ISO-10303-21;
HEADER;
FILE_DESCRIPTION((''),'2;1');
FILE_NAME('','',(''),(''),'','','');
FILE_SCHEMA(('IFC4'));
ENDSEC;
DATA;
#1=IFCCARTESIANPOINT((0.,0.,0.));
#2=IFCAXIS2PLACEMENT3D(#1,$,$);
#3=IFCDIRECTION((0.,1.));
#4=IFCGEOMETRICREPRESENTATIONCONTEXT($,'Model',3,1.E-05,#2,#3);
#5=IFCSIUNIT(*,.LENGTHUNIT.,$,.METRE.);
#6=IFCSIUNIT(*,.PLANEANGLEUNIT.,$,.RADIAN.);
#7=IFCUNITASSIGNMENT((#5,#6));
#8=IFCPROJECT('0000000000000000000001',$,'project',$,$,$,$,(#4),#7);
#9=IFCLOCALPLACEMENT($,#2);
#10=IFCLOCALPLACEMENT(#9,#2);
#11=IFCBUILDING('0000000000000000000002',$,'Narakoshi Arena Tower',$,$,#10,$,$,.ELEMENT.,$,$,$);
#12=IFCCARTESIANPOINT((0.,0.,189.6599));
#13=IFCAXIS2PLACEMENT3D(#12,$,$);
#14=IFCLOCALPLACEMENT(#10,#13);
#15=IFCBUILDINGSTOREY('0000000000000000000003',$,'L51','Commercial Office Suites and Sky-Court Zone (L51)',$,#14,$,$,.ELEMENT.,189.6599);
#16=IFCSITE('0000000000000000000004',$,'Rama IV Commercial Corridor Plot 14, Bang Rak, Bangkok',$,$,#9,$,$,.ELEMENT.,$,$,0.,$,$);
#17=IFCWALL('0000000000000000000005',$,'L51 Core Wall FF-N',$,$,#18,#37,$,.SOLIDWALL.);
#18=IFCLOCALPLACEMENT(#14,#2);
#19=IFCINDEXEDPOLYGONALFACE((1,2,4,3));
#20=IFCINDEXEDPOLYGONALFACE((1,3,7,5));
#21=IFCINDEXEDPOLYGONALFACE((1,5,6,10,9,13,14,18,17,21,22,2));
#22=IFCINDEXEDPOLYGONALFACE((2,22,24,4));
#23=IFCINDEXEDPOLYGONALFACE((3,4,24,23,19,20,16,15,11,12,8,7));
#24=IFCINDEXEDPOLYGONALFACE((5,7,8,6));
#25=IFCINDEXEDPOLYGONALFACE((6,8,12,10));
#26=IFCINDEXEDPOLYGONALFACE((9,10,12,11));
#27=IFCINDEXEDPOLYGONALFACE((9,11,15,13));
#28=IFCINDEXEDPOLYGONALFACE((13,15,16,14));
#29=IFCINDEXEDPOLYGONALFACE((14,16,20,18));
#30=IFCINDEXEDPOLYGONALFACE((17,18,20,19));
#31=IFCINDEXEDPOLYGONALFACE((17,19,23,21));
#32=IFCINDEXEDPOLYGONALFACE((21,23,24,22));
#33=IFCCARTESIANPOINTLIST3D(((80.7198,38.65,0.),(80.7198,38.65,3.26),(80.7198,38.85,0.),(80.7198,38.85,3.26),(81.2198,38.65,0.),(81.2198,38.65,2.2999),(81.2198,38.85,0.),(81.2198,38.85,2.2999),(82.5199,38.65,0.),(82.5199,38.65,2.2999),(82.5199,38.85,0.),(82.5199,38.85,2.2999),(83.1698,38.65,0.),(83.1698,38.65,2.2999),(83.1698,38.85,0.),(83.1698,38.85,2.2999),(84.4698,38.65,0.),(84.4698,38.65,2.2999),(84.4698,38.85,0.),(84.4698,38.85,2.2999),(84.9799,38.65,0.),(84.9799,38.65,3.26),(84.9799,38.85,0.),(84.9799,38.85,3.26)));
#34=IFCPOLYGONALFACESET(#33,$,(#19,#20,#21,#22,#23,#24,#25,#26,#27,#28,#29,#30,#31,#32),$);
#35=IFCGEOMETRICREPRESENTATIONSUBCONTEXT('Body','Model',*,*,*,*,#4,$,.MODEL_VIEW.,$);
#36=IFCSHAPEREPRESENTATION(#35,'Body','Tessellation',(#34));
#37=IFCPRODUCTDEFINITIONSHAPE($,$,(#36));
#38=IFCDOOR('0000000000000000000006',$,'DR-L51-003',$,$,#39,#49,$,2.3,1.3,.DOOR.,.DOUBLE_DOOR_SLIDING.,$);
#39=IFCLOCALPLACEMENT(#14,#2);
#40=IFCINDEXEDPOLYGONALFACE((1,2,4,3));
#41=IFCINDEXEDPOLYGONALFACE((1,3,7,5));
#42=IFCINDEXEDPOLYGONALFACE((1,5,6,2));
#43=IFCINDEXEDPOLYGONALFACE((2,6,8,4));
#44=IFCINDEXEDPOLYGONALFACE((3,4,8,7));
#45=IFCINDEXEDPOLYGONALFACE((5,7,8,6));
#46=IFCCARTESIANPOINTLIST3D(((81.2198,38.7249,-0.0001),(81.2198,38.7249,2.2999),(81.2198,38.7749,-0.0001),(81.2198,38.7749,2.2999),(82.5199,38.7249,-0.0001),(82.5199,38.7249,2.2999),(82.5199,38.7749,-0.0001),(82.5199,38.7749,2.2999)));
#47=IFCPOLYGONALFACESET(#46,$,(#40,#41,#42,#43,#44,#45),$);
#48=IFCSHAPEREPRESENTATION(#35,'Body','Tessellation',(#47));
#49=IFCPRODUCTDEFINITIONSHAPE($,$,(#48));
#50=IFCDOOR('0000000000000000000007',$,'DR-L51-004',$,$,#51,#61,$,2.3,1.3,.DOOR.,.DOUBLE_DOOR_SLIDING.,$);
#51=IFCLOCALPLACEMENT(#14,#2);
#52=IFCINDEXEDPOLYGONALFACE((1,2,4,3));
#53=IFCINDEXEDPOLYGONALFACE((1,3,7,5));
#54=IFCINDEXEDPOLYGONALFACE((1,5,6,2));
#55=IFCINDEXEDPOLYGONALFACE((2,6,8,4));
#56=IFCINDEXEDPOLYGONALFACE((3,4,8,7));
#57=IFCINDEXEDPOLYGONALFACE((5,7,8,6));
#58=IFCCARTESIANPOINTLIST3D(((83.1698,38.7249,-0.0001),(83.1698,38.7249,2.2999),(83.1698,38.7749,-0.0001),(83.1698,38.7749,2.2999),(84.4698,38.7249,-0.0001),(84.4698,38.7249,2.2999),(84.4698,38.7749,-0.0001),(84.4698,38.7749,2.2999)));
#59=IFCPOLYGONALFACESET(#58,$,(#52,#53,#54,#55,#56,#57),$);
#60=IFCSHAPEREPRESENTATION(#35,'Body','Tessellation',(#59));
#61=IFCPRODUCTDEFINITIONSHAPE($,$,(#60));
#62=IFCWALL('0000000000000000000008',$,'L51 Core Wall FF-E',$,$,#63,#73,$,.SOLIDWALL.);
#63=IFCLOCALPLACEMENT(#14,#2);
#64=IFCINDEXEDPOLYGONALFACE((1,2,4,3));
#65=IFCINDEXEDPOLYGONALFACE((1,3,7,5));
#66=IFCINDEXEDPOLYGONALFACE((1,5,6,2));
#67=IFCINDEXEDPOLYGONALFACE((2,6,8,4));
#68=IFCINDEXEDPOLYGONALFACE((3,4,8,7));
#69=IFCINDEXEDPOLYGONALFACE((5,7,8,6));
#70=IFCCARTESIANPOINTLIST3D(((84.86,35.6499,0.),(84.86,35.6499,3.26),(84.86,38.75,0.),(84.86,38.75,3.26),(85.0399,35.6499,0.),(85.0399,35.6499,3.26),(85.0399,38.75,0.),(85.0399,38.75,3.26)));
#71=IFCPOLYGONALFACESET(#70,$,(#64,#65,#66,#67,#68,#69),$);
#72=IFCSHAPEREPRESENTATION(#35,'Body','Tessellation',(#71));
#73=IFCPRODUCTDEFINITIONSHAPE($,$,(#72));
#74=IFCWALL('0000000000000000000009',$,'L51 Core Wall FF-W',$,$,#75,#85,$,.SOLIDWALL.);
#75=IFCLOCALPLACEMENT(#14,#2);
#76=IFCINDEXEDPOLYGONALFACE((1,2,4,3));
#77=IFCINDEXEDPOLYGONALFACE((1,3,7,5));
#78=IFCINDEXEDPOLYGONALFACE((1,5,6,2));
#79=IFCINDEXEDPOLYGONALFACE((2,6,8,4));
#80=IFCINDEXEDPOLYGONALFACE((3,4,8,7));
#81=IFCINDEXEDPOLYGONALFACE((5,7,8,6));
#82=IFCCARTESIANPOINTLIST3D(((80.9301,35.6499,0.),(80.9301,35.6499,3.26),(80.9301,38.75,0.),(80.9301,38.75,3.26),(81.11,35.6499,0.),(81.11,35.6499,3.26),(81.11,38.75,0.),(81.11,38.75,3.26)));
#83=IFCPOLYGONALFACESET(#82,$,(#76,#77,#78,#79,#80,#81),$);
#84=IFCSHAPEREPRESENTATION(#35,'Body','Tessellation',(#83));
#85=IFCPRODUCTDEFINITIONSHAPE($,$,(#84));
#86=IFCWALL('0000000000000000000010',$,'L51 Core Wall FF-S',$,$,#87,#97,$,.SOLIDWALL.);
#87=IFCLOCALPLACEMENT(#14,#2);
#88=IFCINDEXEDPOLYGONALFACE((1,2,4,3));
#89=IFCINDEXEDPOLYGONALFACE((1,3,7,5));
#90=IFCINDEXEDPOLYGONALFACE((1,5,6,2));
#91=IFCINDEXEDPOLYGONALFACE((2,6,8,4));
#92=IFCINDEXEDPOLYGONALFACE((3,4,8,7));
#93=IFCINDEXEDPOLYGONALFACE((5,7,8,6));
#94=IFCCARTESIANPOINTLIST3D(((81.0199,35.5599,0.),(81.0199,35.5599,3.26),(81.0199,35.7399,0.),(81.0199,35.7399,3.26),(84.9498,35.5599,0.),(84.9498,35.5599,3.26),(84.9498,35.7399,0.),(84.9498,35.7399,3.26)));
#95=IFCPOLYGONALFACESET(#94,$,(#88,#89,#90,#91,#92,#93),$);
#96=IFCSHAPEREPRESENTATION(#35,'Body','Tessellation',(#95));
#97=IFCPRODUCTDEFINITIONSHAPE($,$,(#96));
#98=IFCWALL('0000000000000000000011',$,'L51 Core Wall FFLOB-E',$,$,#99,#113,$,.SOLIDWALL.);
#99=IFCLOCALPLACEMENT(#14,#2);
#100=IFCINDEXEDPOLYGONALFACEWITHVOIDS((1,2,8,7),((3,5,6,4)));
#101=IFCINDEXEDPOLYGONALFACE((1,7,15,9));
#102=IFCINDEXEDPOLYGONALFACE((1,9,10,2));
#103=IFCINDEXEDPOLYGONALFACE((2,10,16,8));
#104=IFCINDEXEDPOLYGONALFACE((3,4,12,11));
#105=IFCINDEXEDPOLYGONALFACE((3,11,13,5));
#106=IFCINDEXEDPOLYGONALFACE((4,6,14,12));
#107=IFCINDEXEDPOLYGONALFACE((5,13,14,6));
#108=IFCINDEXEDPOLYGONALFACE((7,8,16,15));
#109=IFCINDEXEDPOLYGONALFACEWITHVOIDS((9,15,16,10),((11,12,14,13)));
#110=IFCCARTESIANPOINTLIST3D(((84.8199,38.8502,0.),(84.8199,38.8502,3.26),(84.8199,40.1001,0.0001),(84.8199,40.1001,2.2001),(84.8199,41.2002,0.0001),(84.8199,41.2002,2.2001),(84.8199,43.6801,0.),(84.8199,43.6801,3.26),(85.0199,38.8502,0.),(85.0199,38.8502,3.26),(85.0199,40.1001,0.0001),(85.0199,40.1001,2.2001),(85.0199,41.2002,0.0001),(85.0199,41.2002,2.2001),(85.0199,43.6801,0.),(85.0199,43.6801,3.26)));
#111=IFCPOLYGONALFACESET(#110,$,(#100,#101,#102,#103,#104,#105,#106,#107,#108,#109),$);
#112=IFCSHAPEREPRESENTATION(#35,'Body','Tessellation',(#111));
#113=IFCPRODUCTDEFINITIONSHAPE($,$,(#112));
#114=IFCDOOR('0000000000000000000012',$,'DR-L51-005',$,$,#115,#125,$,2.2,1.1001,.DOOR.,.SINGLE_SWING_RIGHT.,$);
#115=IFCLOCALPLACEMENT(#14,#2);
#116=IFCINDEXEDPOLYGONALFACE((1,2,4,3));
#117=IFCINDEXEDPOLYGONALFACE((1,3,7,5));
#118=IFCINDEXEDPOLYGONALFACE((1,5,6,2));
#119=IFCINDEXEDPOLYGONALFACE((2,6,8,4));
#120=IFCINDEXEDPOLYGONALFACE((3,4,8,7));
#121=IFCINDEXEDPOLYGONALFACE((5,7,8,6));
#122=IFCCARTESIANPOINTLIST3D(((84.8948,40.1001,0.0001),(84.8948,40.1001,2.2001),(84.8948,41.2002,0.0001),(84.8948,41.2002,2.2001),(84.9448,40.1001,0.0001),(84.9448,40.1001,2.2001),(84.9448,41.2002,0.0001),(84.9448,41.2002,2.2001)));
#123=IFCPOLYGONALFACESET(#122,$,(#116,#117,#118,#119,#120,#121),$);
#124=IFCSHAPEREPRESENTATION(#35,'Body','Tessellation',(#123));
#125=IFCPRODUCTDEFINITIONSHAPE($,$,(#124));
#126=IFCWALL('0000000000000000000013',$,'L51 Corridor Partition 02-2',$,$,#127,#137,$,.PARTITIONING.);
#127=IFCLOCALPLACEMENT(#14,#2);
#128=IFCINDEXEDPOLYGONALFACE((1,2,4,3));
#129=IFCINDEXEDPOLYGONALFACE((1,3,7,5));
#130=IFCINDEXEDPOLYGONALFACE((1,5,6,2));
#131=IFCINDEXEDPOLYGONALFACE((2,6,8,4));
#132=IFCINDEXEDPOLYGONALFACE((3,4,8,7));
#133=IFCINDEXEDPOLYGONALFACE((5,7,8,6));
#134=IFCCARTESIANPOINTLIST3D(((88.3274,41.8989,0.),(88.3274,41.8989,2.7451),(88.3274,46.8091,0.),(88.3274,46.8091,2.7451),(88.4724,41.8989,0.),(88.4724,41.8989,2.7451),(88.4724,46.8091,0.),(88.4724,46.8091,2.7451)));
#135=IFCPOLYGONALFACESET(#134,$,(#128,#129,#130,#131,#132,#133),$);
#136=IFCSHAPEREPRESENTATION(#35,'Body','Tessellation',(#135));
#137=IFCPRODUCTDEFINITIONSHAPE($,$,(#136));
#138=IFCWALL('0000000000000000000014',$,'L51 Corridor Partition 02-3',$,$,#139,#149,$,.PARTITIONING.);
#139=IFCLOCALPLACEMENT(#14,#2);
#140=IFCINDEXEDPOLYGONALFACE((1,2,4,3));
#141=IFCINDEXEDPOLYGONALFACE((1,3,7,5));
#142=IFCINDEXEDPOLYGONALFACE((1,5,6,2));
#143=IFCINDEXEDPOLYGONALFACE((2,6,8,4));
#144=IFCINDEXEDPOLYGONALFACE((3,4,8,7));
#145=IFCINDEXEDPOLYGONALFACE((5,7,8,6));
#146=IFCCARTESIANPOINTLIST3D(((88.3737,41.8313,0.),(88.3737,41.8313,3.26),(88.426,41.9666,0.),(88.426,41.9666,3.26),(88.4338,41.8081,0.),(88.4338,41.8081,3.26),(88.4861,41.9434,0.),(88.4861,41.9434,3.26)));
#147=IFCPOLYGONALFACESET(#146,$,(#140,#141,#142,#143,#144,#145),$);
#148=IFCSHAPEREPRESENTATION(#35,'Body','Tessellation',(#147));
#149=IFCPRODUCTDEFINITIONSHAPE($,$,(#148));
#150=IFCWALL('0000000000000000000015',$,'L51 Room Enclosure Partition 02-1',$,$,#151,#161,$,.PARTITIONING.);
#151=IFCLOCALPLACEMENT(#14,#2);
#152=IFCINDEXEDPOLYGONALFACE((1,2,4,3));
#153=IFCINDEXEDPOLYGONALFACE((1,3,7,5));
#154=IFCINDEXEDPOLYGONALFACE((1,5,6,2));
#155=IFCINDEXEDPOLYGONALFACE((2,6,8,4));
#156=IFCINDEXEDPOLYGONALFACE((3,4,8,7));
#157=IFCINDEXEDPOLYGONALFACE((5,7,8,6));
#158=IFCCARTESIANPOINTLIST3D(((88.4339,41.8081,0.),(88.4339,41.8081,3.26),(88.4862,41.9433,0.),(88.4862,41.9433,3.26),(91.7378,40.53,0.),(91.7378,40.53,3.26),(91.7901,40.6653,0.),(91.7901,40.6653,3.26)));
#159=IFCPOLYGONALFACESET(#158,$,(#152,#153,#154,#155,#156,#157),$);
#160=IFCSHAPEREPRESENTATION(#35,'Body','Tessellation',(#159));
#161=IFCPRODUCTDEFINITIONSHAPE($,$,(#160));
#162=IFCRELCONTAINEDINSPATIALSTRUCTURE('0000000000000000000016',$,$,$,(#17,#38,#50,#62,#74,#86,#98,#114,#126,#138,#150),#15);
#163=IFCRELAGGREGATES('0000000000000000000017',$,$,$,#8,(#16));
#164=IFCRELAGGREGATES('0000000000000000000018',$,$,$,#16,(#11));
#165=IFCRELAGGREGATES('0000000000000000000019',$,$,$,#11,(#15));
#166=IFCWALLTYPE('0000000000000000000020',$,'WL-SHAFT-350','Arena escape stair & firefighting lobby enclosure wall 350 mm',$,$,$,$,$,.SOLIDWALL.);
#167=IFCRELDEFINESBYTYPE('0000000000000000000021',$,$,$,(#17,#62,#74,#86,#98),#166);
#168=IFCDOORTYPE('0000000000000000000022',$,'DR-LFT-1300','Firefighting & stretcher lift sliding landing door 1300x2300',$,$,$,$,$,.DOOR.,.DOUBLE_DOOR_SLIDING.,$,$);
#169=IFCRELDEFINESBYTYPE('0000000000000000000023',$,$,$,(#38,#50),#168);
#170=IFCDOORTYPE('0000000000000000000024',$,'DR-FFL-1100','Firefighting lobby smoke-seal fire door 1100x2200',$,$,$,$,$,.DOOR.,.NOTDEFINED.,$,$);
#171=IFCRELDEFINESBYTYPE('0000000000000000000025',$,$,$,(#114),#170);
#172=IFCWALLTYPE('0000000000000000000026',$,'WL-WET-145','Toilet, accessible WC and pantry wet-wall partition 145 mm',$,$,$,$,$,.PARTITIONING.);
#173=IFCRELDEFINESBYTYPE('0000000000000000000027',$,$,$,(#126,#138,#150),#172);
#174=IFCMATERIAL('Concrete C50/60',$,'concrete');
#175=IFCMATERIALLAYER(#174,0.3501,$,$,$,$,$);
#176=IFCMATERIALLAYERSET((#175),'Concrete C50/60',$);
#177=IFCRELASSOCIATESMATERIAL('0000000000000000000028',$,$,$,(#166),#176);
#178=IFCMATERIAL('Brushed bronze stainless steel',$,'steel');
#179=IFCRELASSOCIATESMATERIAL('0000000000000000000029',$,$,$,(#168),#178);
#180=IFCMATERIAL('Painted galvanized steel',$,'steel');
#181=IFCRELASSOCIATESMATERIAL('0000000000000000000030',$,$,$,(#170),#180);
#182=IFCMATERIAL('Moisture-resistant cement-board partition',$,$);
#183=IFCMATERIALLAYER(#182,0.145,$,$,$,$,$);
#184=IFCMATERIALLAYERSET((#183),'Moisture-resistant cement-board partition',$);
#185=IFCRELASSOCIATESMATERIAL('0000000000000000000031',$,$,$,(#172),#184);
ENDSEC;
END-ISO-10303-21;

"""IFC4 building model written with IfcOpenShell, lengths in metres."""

from ifc_helpers import new_model, si_unit, direction, frame, frame_2d, origin, place, context, subcontext, project, spatial, rectangle, extrude, material, layer, layer_set, type_object, element, fill, save


model = new_model("IFC4")

# Units and contexts
model_context = context("Model", 3, precision=1e-05, world=origin(), true_north=direction((0.0, 1.0)))
body_context = subcontext(model_context, "Body", "Model", "MODEL_VIEW")
ifc_project = project(units=[si_unit("LENGTHUNIT", "METRE"), si_unit("PLANEANGLEUNIT", "RADIAN")], contexts=[model_context])

# Site, building, storey
site_placement = place(None, origin())
site = spatial("IfcSite", under=ifc_project, at=site_placement, Name="Rama IV Commercial Corridor Plot 14, Bang Rak, Bangkok", CompositionType="ELEMENT", RefElevation=0.0)
building_placement = place(site_placement, origin())
building = spatial("IfcBuilding", under=site, at=building_placement, Name="Narakoshi Arena Tower", CompositionType="ELEMENT")
storey_placement = place(building_placement, frame((0.0, 0.0, 189.6599)))
storey = spatial("IfcBuildingStorey", under=building, at=storey_placement, Name="L51", Description="Commercial Office Suites and Sky-Court Zone (L51)", CompositionType="ELEMENT", Elevation=189.6599)

# Shared definitions
ifc_material_1 = material(Name="Concrete C50/60", Category="concrete")

# Shared definitions
ifc_layer_1 = layer(ifc_material_1, 0.3501)
ifc_layer_set_1 = layer_set([ifc_layer_1], Name="Concrete C50/60")
wall_type_1 = type_object("IfcWallType", Name="WL-SHAFT-350", Description="Arena escape stair & firefighting lobby enclosure wall 350 mm", PredefinedType="SOLIDWALL", material=ifc_layer_set_1)

# Shared definitions
ifc_material_2 = material(Name="Painted galvanized steel", Category="steel")

# Wall, openings, doors
wall_1_placement = place(storey_placement, frame((80.72, 38.75, 0.0), z_axis=(0.0, 0.0, 1.0), x_axis=(1.0, 0.0, 0.0)))
wall_1 = element("IfcWall", 1, at=wall_1_placement, inside=storey, type_object=wall_type_1, Name="L51 Core Wall FF-N", PredefinedType="SOLIDWALL", context=body_context, shape_type="SweptSolid", body=[
    extrude(rectangle(XDim=4.26, YDim=0.2, at=frame_2d((2.1299, 0.0))), origin(), (0.0, 0.0, 1.0), 3.26),
])
opening_1_placement = place(wall_1_placement, frame((0.5, 0.0, 0.0)))
opening_1 = element("IfcOpeningElement", 2, at=opening_1_placement, cuts=wall_1, PredefinedType="OPENING", context=body_context, shape_type="SweptSolid", body=[
    extrude(rectangle(XDim=1.3, YDim=2.3, at=frame_2d((0.6499, 1.1499))), frame((0.0, 0.1099, 0.0), z_axis=(0.0, -1.0, 0.0), x_axis=(1.0, 0.0, 0.0)), (0.0, 0.0, 1.0), 0.22),
])
opening_2_placement = place(wall_1_placement, frame((2.45, 0.0, 0.0)))
opening_2 = element("IfcOpeningElement", 3, at=opening_2_placement, cuts=wall_1, PredefinedType="OPENING", context=body_context, shape_type="SweptSolid", body=[
    extrude(rectangle(XDim=1.3, YDim=2.3, at=frame_2d((0.6499, 1.1499))), frame((0.0, 0.1099, 0.0), z_axis=(0.0, -1.0, 0.0), x_axis=(1.0, 0.0, 0.0)), (0.0, 0.0, 1.0), 0.22),
])
ifc_material_3 = material(Name="Brushed bronze stainless steel", Category="steel")
door_type_1 = type_object("IfcDoorType", Name="DR-LFT-1300", Description="Firefighting & stretcher lift sliding landing door 1300x2300", OperationType="DOUBLE_DOOR_SLIDING", PredefinedType="DOOR", material=ifc_material_3)
door_1_placement = place(opening_1_placement, origin())
door_1 = element("IfcDoor", 4, at=door_1_placement, inside=storey, type_object=door_type_1, Name="DR-L51-003", OperationType="DOUBLE_DOOR_SLIDING", OverallHeight=2.3, OverallWidth=1.3, PredefinedType="DOOR", context=body_context, shape_type="SweptSolid", body=[
    extrude(rectangle(XDim=1.3, YDim=2.3, at=frame_2d((0.6499, 1.1499))), frame((0.0, 0.0249, 0.0), z_axis=(0.0, -1.0, 0.0), x_axis=(1.0, 0.0, 0.0)), (0.0, 0.0, 1.0), 0.05),
])
fill(opening_1, door_1)
door_2_placement = place(opening_2_placement, origin())
door_2 = element("IfcDoor", 5, at=door_2_placement, inside=storey, type_object=door_type_1, Name="DR-L51-004", OperationType="DOUBLE_DOOR_SLIDING", OverallHeight=2.3, OverallWidth=1.3, PredefinedType="DOOR", context=body_context, shape_type="SweptSolid", body=[
    extrude(rectangle(XDim=1.3, YDim=2.3, at=frame_2d((0.6499, 1.1499))), frame((0.0, 0.0249, 0.0), z_axis=(0.0, -1.0, 0.0), x_axis=(1.0, 0.0, 0.0)), (0.0, 0.0, 1.0), 0.05),
])
fill(opening_2, door_2)

# Walls
for number, where, z_axis, x_axis, name in (
    (6, (84.95, 35.6499, 0.0), (0.0, 0.0, 1.0), (0.0, 1.0, 0.0), "L51 Core Wall FF-E"),
    (7, (81.02, 35.6499, 0.0), (0.0, 0.0, 1.0), (0.0, 1.0, 0.0), "L51 Core Wall FF-W"),
):
    element("IfcWall", number, at=place(storey_placement, frame(where, z_axis=z_axis, x_axis=x_axis)), inside=storey, type_object=wall_type_1, Name=name, PredefinedType="SOLIDWALL", context=body_context, shape_type="SweptSolid", body=[
        extrude(rectangle(XDim=3.1001, YDim=0.1799, at=frame_2d((1.55, 0.0))), origin(), (0.0, 0.0, 1.0), 3.26),
    ])
wall_2_placement = place(storey_placement, frame((81.02, 35.6499, 0.0), z_axis=(0.0, 0.0, 1.0), x_axis=(1.0, 0.0, 0.0)))
element("IfcWall", 8, at=wall_2_placement, inside=storey, type_object=wall_type_1, Name="L51 Core Wall FF-S", PredefinedType="SOLIDWALL", context=body_context, shape_type="SweptSolid", body=[
    extrude(rectangle(XDim=3.9299, YDim=0.1799, at=frame_2d((1.9648, 0.0))), origin(), (0.0, 0.0, 1.0), 3.26),
])

# Wall, opening, door
wall_3_placement = place(storey_placement, frame((84.9199, 38.8501, 0.0), z_axis=(0.0, 0.0, 1.0), x_axis=(0.0, 1.0, 0.0)))
wall_3 = element("IfcWall", 9, at=wall_3_placement, inside=storey, type_object=wall_type_1, Name="L51 Core Wall FFLOB-E", PredefinedType="SOLIDWALL", context=body_context, shape_type="SweptSolid", body=[
    extrude(rectangle(XDim=4.8298, YDim=0.2, at=frame_2d((2.415, 0.0))), origin(), (0.0, 0.0, 1.0), 3.26),
])
opening_3_placement = place(wall_3_placement, frame((1.25, 0.0, 0.0)))
opening_3 = element("IfcOpeningElement", 10, at=opening_3_placement, cuts=wall_3, PredefinedType="OPENING", context=body_context, shape_type="SweptSolid", body=[
    extrude(rectangle(XDim=1.1001, YDim=2.2, at=frame_2d((0.55, 1.1001))), frame((0.0, 0.1099, 0.0), z_axis=(0.0, -1.0, 0.0), x_axis=(1.0, 0.0, 0.0)), (0.0, 0.0, 1.0), 0.22),
])
door_type_2 = type_object("IfcDoorType", Name="DR-FFL-1100", Description="Firefighting lobby smoke-seal fire door 1100x2200", OperationType="NOTDEFINED", PredefinedType="DOOR", material=ifc_material_2)
door_3_placement = place(opening_3_placement, frame((1.1001, 0.0, 0.0), z_axis=(0.0, 0.0, 1.0), x_axis=(-1.0, 0.0, 0.0)))
door_3 = element("IfcDoor", 11, at=door_3_placement, inside=storey, type_object=door_type_2, Name="DR-L51-005", OperationType="SINGLE_SWING_RIGHT", OverallHeight=2.2, OverallWidth=1.1001, PredefinedType="DOOR", context=body_context, shape_type="SweptSolid", body=[
    extrude(rectangle(XDim=1.1001, YDim=2.2, at=frame_2d((0.55, 1.1001))), frame((0.0, 0.0249, 0.0), z_axis=(0.0, -1.0, 0.0), x_axis=(1.0, 0.0, 0.0)), (0.0, 0.0, 1.0), 0.05),
])
fill(opening_3, door_3)

# Walls
ifc_material_4 = material(Name="Moisture-resistant cement-board partition")
ifc_layer_2 = layer(ifc_material_4, 0.145)
ifc_layer_set_2 = layer_set([ifc_layer_2], Name="Moisture-resistant cement-board partition")
wall_type_2 = type_object("IfcWallType", Name="WL-WET-145", Description="Toilet, accessible WC and pantry wet-wall partition 145 mm", PredefinedType="PARTITIONING", material=ifc_layer_set_2)
wall_4_placement = place(storey_placement, frame((88.3999, 41.8989, 0.0), z_axis=(0.0, 0.0, 1.0), x_axis=(0.0, 1.0, 0.0)))
element("IfcWall", 12, at=wall_4_placement, inside=storey, type_object=wall_type_2, Name="L51 Corridor Partition 02-2", PredefinedType="PARTITIONING", context=body_context, shape_type="SweptSolid", body=[
    extrude(rectangle(XDim=4.9102, YDim=0.145, at=frame_2d((2.4551, 0.0))), origin(), (0.0, 0.0, 1.0), 2.7451),
])
wall_5_placement = place(storey_placement, frame((88.46, 41.8757, 0.0), z_axis=(0.0, 0.0, 1.0), x_axis=(-0.932856, 0.360249, 0.0)))
element("IfcWall", 13, at=wall_5_placement, inside=storey, type_object=wall_type_2, Name="L51 Corridor Partition 02-3", PredefinedType="PARTITIONING", context=body_context, shape_type="SweptSolid", body=[
    extrude(rectangle(XDim=0.0645, YDim=0.145, at=frame_2d((0.0322, 0.0))), origin(), (0.0, 0.0, 1.0), 3.26),
])
wall_6_placement = place(storey_placement, frame((91.7639, 40.5977, 0.0), z_axis=(0.0, 0.0, 1.0), x_axis=(-0.932651, 0.360779, 0.0)))
element("IfcWall", 14, at=wall_6_placement, inside=storey, type_object=wall_type_2, Name="L51 Room Enclosure Partition 02-1", PredefinedType="PARTITIONING", context=body_context, shape_type="SweptSolid", body=[
    extrude(rectangle(XDim=3.5425, YDim=0.145, at=frame_2d((1.7712, 0.0))), origin(), (0.0, 0.0, 1.0), 3.26),
])

save(model, "model.ifc")
